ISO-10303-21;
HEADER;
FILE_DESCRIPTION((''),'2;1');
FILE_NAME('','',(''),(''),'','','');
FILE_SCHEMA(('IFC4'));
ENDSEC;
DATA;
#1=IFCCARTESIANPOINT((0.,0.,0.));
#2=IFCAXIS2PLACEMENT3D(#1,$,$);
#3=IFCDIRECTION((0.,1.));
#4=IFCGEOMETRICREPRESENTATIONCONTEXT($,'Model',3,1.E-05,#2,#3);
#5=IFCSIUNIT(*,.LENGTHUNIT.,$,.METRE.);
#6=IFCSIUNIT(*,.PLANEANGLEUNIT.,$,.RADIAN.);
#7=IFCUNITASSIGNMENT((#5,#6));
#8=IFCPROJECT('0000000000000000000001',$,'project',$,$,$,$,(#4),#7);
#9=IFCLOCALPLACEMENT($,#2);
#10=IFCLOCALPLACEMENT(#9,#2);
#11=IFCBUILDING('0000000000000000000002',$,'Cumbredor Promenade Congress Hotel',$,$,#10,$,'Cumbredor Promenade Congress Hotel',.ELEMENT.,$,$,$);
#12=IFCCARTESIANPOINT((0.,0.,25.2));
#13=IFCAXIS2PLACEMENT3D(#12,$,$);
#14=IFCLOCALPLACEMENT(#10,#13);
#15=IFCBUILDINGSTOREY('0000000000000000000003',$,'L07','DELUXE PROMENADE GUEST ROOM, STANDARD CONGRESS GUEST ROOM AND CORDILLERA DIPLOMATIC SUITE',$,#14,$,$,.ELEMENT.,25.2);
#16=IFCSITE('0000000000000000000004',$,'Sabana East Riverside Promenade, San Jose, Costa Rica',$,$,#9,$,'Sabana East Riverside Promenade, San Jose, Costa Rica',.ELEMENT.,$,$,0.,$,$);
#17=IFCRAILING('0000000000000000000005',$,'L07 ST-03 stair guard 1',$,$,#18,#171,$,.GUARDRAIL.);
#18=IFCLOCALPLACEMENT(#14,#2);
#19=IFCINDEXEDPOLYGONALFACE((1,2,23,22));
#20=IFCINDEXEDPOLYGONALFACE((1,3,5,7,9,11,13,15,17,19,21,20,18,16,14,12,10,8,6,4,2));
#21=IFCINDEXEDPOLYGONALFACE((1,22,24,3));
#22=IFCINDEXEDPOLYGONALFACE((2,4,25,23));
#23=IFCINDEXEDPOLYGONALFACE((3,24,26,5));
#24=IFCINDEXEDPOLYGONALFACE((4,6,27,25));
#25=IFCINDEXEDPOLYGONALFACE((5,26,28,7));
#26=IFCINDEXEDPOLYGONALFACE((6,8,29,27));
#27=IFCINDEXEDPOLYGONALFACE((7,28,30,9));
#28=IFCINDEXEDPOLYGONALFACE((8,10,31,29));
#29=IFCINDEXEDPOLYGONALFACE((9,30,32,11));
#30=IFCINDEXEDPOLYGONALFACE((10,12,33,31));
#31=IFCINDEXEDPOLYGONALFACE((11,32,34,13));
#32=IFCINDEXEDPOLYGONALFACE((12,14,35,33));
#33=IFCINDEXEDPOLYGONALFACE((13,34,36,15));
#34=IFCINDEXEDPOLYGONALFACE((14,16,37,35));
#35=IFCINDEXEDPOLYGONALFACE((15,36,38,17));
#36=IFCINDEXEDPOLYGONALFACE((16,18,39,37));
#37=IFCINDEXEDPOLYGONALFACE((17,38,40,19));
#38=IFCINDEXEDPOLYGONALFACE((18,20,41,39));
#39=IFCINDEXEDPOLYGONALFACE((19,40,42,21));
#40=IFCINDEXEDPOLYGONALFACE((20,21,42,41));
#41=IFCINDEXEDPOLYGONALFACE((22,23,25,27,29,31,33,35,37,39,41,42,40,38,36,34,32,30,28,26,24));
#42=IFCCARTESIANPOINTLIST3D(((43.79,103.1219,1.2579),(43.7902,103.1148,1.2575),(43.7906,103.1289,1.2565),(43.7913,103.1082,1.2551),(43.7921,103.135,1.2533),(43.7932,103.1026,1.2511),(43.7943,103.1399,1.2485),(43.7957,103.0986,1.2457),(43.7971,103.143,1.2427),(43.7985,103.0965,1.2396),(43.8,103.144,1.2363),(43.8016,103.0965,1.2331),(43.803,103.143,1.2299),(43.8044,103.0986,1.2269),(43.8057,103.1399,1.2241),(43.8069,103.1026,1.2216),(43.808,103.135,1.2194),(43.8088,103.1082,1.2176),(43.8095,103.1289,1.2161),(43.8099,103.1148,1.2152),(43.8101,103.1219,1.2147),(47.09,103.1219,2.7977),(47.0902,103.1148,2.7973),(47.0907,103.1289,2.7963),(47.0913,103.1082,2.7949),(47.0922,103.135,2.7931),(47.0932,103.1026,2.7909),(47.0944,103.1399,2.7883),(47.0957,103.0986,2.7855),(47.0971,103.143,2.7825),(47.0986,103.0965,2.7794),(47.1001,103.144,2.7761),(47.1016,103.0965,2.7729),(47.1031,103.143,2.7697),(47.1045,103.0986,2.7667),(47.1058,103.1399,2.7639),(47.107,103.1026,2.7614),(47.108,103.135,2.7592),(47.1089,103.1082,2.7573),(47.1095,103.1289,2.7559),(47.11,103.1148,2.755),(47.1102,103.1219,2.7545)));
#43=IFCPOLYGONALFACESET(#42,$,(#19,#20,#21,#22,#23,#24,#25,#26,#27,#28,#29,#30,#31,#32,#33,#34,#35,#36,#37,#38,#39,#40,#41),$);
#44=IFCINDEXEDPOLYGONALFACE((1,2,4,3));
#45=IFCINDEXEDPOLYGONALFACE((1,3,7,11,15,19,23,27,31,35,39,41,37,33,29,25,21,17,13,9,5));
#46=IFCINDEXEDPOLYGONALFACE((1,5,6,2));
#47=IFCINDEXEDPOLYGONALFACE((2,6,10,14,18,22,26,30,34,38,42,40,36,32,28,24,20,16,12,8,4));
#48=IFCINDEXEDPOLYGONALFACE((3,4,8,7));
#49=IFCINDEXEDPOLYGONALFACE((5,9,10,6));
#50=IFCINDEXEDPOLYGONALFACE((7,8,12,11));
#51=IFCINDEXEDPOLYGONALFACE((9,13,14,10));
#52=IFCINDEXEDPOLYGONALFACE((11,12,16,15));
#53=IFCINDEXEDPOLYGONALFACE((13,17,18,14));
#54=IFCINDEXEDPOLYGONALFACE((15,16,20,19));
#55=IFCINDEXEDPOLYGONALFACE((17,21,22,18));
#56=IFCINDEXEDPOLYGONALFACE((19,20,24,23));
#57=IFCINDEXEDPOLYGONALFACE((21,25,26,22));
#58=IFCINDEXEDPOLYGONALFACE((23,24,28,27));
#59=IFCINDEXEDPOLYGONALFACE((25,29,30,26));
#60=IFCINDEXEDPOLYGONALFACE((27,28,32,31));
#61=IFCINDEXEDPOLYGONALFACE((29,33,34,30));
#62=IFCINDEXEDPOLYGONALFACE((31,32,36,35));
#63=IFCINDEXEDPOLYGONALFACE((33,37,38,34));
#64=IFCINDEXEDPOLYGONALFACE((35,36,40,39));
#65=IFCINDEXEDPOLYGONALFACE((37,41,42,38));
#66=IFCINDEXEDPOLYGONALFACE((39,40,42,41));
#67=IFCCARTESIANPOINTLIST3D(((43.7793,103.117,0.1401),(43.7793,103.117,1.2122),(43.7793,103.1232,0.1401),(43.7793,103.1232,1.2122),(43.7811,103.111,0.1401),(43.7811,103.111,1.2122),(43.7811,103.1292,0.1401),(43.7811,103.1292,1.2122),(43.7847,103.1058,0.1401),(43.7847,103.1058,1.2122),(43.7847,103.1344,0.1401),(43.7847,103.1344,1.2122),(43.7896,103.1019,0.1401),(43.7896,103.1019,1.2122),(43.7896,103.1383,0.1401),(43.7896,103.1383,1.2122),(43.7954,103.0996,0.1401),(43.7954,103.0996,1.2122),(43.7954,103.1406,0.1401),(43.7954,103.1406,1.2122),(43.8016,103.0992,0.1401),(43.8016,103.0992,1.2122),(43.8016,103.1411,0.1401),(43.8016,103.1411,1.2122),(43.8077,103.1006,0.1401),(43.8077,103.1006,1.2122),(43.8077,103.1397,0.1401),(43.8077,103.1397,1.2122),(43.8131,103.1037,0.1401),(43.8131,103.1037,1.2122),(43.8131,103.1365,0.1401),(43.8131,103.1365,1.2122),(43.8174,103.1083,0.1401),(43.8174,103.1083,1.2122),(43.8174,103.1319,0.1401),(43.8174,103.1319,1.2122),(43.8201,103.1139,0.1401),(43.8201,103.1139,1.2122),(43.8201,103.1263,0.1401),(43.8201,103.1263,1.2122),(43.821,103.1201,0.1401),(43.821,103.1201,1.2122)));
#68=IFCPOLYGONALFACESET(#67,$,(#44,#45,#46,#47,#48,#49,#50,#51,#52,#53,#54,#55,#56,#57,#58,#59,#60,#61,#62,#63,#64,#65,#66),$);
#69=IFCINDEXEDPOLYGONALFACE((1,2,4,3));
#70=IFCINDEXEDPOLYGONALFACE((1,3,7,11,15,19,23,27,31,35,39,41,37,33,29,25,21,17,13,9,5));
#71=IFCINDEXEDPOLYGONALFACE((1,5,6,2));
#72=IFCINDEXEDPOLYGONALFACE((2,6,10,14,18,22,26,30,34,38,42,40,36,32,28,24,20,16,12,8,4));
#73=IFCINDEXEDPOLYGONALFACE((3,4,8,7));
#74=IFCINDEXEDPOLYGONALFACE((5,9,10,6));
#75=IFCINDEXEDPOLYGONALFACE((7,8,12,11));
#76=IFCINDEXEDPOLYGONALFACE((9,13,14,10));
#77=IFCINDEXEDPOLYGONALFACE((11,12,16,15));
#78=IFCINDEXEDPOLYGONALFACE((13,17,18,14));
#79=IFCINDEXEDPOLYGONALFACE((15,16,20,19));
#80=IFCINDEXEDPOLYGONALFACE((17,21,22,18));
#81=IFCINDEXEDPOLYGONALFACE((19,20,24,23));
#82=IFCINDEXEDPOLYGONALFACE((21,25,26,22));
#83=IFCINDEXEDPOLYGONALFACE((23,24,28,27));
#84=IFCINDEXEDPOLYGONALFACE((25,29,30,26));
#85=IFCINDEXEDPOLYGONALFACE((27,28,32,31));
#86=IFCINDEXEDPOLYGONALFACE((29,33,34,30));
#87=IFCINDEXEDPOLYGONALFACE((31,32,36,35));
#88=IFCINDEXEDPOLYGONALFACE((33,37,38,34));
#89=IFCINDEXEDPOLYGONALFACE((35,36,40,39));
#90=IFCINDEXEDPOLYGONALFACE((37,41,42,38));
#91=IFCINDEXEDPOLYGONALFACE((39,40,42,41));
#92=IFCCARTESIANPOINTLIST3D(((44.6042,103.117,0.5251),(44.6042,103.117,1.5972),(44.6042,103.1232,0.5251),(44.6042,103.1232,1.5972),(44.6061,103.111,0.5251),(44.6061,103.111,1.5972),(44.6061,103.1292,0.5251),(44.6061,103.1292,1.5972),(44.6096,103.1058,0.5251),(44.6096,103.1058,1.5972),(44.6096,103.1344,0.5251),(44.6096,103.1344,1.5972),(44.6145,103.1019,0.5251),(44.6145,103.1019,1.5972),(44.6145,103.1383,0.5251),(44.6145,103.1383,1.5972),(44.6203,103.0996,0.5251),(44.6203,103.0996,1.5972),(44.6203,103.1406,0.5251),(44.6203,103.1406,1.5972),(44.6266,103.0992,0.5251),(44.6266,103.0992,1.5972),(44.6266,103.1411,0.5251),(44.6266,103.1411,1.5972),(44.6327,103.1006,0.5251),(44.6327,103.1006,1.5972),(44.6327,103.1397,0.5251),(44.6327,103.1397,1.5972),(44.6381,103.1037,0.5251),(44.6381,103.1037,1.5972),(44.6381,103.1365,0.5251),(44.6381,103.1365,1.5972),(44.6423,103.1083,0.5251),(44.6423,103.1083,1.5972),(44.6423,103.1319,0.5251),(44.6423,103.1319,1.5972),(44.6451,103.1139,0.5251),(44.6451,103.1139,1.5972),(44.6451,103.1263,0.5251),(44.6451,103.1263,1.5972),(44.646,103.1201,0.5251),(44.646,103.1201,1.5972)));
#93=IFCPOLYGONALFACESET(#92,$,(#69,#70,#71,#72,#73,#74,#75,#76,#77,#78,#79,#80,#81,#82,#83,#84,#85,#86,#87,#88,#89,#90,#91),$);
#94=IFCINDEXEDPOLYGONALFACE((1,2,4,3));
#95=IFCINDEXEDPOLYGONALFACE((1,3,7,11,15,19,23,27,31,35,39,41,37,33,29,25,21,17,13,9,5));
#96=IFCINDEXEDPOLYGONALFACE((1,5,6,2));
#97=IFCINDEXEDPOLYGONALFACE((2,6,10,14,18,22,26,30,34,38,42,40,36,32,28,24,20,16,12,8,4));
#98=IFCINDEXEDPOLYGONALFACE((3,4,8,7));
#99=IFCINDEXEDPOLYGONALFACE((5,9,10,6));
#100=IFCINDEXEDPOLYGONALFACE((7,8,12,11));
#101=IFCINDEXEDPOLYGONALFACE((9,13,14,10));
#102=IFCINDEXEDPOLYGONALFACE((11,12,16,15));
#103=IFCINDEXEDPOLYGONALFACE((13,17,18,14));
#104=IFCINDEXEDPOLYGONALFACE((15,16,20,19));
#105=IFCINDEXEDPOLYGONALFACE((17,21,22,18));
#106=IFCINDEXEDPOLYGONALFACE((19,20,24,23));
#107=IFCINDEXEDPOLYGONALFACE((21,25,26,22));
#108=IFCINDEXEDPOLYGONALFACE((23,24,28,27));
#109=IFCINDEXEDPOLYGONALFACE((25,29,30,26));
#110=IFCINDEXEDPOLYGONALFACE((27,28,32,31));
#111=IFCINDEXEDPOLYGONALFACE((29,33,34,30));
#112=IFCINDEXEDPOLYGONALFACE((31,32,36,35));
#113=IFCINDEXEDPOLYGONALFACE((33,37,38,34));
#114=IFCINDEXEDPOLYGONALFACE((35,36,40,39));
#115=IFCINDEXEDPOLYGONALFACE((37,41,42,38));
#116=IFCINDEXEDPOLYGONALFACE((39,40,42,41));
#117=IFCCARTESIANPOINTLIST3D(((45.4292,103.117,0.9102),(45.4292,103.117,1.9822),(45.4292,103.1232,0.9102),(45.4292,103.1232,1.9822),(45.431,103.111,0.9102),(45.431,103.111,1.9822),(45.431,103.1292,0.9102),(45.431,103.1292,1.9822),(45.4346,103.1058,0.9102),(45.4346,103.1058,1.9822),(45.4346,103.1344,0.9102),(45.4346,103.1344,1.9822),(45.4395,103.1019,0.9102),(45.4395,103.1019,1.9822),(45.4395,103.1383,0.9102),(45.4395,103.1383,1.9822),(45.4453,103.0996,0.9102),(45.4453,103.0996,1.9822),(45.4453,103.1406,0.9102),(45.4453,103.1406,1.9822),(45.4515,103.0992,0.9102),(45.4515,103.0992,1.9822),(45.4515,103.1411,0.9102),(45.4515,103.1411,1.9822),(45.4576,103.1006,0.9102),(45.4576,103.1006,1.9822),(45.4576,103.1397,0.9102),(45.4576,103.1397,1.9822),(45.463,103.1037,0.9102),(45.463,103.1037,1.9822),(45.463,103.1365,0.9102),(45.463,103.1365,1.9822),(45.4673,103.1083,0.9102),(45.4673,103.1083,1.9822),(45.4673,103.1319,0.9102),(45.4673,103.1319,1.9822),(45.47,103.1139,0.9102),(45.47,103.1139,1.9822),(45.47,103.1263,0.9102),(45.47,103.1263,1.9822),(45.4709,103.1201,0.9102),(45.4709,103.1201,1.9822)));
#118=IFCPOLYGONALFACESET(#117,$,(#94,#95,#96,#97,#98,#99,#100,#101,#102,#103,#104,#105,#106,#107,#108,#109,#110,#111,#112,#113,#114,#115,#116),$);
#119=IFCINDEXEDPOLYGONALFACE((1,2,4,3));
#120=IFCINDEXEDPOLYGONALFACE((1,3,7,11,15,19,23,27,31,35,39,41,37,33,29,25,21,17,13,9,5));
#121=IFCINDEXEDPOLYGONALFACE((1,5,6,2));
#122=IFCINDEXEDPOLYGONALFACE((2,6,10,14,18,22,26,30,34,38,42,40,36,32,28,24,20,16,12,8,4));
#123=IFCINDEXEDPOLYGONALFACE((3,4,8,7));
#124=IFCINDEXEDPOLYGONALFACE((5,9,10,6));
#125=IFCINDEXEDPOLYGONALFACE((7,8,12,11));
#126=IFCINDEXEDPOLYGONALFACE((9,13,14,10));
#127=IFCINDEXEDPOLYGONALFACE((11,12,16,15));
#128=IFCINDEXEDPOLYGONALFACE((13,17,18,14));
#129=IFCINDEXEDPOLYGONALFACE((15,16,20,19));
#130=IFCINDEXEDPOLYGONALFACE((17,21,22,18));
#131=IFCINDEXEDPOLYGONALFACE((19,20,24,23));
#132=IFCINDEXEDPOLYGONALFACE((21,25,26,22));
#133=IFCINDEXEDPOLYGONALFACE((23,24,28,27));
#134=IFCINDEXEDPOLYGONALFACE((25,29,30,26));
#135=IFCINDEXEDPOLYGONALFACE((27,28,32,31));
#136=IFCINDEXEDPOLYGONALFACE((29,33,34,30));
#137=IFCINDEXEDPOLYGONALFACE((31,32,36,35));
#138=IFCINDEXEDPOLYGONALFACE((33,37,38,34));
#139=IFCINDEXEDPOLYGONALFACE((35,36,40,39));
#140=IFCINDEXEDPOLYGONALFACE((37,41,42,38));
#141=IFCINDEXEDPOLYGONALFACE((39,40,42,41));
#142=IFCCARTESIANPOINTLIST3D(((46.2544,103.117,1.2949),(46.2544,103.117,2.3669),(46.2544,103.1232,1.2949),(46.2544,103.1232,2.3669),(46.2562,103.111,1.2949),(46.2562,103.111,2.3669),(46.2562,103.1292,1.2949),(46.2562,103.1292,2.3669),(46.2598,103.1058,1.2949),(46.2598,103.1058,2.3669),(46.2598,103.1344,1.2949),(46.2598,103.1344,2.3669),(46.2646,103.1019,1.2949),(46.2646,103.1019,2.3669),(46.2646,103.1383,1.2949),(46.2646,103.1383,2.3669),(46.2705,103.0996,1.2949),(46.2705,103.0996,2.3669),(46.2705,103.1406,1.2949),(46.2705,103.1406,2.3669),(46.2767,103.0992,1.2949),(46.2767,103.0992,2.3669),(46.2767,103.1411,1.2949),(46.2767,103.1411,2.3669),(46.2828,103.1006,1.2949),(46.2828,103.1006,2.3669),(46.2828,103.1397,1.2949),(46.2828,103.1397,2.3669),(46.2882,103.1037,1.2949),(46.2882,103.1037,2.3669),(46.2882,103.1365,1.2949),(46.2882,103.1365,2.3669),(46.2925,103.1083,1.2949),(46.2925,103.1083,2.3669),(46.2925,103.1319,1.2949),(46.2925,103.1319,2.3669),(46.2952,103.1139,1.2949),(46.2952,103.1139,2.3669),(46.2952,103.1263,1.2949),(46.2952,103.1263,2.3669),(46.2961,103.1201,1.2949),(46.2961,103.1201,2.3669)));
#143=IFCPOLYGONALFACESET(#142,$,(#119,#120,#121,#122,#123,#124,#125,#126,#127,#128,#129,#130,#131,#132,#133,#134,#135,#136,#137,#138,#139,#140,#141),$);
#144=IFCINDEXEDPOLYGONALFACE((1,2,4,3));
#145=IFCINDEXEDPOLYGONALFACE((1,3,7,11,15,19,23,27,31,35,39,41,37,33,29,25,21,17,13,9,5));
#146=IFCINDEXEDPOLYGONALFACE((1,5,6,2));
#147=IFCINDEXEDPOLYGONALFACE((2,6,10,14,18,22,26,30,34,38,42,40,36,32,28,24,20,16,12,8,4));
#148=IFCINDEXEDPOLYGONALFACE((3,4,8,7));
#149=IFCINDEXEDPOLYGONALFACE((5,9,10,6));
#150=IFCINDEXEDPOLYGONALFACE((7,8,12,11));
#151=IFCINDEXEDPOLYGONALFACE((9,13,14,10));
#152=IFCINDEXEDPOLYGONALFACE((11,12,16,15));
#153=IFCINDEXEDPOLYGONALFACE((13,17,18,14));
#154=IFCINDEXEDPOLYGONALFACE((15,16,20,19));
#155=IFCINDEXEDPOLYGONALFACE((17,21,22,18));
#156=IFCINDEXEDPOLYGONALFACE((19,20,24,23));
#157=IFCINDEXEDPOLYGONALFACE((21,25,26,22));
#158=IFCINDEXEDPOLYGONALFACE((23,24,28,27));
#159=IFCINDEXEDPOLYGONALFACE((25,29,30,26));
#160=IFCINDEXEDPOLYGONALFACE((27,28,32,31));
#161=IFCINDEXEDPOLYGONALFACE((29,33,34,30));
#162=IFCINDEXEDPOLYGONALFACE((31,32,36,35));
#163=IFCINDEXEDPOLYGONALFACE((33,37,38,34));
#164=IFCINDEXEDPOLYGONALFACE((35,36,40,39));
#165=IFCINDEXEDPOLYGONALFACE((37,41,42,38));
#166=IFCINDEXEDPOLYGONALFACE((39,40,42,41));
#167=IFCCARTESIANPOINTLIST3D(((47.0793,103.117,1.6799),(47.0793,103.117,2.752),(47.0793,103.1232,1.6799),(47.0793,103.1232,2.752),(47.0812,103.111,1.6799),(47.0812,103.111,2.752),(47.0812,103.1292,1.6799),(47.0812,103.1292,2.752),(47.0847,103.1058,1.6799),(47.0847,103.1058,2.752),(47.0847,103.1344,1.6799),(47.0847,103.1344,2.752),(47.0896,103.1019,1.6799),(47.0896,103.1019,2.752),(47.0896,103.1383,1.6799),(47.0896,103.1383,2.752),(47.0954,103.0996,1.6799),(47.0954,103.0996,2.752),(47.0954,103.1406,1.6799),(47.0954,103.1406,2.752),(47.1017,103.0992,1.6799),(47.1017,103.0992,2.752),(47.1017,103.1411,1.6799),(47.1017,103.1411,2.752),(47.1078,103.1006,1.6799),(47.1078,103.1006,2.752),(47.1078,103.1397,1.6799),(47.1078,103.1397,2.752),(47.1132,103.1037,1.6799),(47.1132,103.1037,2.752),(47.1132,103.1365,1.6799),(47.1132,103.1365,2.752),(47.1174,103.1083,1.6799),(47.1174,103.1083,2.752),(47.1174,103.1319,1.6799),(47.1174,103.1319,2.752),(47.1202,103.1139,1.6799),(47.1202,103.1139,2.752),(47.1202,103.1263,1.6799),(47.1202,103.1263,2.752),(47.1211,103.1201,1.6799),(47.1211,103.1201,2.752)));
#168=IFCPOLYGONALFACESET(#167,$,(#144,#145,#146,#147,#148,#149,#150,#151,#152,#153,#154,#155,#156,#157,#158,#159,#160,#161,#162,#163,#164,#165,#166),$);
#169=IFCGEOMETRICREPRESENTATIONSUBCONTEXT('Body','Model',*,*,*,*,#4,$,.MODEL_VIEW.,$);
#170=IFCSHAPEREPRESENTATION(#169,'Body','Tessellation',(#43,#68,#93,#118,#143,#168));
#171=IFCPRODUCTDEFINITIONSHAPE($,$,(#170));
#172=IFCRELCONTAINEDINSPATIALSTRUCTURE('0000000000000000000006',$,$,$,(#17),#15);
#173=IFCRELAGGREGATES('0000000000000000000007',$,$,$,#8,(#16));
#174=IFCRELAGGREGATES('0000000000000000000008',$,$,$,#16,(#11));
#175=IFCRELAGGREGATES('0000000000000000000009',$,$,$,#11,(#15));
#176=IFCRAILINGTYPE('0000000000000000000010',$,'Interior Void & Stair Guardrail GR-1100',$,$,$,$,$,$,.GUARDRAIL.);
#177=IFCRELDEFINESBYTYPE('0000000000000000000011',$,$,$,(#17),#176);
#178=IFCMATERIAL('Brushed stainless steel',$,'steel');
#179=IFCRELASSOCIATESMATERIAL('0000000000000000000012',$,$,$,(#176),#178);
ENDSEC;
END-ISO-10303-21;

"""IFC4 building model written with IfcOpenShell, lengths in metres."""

from ifc_helpers import new_model, si_unit, direction, frame, origin, origin_2d, place, context, subcontext, project, spatial, circle, extrude, material, type_object, element, save


model = new_model("IFC4")

# Units and contexts
model_context = context("Model", 3, precision=1e-05, world=origin(), true_north=direction((0.0, 1.0)))
body_context = subcontext(model_context, "Body", "Model", "MODEL_VIEW")
ifc_project = project(units=[si_unit("LENGTHUNIT", "METRE"), si_unit("PLANEANGLEUNIT", "RADIAN")], contexts=[model_context])

# Site, building, storey
site_placement = place(None, origin())
site = spatial("IfcSite", under=ifc_project, at=site_placement, Name="Sabana East Riverside Promenade, San Jose, Costa Rica", LongName="Sabana East Riverside Promenade, San Jose, Costa Rica", CompositionType="ELEMENT", RefElevation=0.0)
building_placement = place(site_placement, origin())
building = spatial("IfcBuilding", under=site, at=building_placement, Name="Cumbredor Promenade Congress Hotel", LongName="Cumbredor Promenade Congress Hotel", CompositionType="ELEMENT")
storey_placement = place(building_placement, frame((0.0, 0.0, 25.2)))
storey = spatial("IfcBuildingStorey", under=building, at=storey_placement, Name="L07", Description="DELUXE PROMENADE GUEST ROOM, STANDARD CONGRESS GUEST ROOM AND CORDILLERA DIPLOMATIC SUITE", CompositionType="ELEMENT", Elevation=25.2)

# Railing
ifc_material_1 = material(Name="Brushed stainless steel", Category="steel")
railing_type_1 = type_object("IfcRailingType", Name="Interior Void & Stair Guardrail GR-1100", PredefinedType="GUARDRAIL", material=ifc_material_1)
railing_1_placement = place(storey_placement, frame((43.8, 103.1201, 0.1401)))
element("IfcRailing", 1, at=railing_1_placement, inside=storey, type_object=railing_type_1, Name="L07 ST-03 stair guard 1", PredefinedType="GUARDRAIL", context=body_context, shape_type="SweptSolid", body=[
    extrude(circle(Radius=0.0239, at=origin_2d()), frame((0.0, 0.0, 1.0962), z_axis=(0.906207, 0.0, 0.422834), x_axis=(0.0, 1.0, 0.0)), (0.0, 0.0, 1.0), 3.6416),
    extrude(circle(Radius=0.021, at=origin_2d()), origin(), (0.0, 0.0, 1.0), 1.072),
    extrude(circle(Radius=0.021, at=origin_2d()), frame((0.825, 0.0, 0.385)), (0.0, 0.0, 1.0), 1.072),
    extrude(circle(Radius=0.021, at=origin_2d()), frame((1.6499, 0.0, 0.77)), (0.0, 0.0, 1.0), 1.072),
    extrude(circle(Radius=0.021, at=origin_2d()), frame((2.4751, 0.0, 1.1548)), (0.0, 0.0, 1.0), 1.072),
    extrude(circle(Radius=0.021, at=origin_2d()), frame((3.3, 0.0, 1.5398)), (0.0, 0.0, 1.0), 1.072),
])

save(model, "model.ifc")
